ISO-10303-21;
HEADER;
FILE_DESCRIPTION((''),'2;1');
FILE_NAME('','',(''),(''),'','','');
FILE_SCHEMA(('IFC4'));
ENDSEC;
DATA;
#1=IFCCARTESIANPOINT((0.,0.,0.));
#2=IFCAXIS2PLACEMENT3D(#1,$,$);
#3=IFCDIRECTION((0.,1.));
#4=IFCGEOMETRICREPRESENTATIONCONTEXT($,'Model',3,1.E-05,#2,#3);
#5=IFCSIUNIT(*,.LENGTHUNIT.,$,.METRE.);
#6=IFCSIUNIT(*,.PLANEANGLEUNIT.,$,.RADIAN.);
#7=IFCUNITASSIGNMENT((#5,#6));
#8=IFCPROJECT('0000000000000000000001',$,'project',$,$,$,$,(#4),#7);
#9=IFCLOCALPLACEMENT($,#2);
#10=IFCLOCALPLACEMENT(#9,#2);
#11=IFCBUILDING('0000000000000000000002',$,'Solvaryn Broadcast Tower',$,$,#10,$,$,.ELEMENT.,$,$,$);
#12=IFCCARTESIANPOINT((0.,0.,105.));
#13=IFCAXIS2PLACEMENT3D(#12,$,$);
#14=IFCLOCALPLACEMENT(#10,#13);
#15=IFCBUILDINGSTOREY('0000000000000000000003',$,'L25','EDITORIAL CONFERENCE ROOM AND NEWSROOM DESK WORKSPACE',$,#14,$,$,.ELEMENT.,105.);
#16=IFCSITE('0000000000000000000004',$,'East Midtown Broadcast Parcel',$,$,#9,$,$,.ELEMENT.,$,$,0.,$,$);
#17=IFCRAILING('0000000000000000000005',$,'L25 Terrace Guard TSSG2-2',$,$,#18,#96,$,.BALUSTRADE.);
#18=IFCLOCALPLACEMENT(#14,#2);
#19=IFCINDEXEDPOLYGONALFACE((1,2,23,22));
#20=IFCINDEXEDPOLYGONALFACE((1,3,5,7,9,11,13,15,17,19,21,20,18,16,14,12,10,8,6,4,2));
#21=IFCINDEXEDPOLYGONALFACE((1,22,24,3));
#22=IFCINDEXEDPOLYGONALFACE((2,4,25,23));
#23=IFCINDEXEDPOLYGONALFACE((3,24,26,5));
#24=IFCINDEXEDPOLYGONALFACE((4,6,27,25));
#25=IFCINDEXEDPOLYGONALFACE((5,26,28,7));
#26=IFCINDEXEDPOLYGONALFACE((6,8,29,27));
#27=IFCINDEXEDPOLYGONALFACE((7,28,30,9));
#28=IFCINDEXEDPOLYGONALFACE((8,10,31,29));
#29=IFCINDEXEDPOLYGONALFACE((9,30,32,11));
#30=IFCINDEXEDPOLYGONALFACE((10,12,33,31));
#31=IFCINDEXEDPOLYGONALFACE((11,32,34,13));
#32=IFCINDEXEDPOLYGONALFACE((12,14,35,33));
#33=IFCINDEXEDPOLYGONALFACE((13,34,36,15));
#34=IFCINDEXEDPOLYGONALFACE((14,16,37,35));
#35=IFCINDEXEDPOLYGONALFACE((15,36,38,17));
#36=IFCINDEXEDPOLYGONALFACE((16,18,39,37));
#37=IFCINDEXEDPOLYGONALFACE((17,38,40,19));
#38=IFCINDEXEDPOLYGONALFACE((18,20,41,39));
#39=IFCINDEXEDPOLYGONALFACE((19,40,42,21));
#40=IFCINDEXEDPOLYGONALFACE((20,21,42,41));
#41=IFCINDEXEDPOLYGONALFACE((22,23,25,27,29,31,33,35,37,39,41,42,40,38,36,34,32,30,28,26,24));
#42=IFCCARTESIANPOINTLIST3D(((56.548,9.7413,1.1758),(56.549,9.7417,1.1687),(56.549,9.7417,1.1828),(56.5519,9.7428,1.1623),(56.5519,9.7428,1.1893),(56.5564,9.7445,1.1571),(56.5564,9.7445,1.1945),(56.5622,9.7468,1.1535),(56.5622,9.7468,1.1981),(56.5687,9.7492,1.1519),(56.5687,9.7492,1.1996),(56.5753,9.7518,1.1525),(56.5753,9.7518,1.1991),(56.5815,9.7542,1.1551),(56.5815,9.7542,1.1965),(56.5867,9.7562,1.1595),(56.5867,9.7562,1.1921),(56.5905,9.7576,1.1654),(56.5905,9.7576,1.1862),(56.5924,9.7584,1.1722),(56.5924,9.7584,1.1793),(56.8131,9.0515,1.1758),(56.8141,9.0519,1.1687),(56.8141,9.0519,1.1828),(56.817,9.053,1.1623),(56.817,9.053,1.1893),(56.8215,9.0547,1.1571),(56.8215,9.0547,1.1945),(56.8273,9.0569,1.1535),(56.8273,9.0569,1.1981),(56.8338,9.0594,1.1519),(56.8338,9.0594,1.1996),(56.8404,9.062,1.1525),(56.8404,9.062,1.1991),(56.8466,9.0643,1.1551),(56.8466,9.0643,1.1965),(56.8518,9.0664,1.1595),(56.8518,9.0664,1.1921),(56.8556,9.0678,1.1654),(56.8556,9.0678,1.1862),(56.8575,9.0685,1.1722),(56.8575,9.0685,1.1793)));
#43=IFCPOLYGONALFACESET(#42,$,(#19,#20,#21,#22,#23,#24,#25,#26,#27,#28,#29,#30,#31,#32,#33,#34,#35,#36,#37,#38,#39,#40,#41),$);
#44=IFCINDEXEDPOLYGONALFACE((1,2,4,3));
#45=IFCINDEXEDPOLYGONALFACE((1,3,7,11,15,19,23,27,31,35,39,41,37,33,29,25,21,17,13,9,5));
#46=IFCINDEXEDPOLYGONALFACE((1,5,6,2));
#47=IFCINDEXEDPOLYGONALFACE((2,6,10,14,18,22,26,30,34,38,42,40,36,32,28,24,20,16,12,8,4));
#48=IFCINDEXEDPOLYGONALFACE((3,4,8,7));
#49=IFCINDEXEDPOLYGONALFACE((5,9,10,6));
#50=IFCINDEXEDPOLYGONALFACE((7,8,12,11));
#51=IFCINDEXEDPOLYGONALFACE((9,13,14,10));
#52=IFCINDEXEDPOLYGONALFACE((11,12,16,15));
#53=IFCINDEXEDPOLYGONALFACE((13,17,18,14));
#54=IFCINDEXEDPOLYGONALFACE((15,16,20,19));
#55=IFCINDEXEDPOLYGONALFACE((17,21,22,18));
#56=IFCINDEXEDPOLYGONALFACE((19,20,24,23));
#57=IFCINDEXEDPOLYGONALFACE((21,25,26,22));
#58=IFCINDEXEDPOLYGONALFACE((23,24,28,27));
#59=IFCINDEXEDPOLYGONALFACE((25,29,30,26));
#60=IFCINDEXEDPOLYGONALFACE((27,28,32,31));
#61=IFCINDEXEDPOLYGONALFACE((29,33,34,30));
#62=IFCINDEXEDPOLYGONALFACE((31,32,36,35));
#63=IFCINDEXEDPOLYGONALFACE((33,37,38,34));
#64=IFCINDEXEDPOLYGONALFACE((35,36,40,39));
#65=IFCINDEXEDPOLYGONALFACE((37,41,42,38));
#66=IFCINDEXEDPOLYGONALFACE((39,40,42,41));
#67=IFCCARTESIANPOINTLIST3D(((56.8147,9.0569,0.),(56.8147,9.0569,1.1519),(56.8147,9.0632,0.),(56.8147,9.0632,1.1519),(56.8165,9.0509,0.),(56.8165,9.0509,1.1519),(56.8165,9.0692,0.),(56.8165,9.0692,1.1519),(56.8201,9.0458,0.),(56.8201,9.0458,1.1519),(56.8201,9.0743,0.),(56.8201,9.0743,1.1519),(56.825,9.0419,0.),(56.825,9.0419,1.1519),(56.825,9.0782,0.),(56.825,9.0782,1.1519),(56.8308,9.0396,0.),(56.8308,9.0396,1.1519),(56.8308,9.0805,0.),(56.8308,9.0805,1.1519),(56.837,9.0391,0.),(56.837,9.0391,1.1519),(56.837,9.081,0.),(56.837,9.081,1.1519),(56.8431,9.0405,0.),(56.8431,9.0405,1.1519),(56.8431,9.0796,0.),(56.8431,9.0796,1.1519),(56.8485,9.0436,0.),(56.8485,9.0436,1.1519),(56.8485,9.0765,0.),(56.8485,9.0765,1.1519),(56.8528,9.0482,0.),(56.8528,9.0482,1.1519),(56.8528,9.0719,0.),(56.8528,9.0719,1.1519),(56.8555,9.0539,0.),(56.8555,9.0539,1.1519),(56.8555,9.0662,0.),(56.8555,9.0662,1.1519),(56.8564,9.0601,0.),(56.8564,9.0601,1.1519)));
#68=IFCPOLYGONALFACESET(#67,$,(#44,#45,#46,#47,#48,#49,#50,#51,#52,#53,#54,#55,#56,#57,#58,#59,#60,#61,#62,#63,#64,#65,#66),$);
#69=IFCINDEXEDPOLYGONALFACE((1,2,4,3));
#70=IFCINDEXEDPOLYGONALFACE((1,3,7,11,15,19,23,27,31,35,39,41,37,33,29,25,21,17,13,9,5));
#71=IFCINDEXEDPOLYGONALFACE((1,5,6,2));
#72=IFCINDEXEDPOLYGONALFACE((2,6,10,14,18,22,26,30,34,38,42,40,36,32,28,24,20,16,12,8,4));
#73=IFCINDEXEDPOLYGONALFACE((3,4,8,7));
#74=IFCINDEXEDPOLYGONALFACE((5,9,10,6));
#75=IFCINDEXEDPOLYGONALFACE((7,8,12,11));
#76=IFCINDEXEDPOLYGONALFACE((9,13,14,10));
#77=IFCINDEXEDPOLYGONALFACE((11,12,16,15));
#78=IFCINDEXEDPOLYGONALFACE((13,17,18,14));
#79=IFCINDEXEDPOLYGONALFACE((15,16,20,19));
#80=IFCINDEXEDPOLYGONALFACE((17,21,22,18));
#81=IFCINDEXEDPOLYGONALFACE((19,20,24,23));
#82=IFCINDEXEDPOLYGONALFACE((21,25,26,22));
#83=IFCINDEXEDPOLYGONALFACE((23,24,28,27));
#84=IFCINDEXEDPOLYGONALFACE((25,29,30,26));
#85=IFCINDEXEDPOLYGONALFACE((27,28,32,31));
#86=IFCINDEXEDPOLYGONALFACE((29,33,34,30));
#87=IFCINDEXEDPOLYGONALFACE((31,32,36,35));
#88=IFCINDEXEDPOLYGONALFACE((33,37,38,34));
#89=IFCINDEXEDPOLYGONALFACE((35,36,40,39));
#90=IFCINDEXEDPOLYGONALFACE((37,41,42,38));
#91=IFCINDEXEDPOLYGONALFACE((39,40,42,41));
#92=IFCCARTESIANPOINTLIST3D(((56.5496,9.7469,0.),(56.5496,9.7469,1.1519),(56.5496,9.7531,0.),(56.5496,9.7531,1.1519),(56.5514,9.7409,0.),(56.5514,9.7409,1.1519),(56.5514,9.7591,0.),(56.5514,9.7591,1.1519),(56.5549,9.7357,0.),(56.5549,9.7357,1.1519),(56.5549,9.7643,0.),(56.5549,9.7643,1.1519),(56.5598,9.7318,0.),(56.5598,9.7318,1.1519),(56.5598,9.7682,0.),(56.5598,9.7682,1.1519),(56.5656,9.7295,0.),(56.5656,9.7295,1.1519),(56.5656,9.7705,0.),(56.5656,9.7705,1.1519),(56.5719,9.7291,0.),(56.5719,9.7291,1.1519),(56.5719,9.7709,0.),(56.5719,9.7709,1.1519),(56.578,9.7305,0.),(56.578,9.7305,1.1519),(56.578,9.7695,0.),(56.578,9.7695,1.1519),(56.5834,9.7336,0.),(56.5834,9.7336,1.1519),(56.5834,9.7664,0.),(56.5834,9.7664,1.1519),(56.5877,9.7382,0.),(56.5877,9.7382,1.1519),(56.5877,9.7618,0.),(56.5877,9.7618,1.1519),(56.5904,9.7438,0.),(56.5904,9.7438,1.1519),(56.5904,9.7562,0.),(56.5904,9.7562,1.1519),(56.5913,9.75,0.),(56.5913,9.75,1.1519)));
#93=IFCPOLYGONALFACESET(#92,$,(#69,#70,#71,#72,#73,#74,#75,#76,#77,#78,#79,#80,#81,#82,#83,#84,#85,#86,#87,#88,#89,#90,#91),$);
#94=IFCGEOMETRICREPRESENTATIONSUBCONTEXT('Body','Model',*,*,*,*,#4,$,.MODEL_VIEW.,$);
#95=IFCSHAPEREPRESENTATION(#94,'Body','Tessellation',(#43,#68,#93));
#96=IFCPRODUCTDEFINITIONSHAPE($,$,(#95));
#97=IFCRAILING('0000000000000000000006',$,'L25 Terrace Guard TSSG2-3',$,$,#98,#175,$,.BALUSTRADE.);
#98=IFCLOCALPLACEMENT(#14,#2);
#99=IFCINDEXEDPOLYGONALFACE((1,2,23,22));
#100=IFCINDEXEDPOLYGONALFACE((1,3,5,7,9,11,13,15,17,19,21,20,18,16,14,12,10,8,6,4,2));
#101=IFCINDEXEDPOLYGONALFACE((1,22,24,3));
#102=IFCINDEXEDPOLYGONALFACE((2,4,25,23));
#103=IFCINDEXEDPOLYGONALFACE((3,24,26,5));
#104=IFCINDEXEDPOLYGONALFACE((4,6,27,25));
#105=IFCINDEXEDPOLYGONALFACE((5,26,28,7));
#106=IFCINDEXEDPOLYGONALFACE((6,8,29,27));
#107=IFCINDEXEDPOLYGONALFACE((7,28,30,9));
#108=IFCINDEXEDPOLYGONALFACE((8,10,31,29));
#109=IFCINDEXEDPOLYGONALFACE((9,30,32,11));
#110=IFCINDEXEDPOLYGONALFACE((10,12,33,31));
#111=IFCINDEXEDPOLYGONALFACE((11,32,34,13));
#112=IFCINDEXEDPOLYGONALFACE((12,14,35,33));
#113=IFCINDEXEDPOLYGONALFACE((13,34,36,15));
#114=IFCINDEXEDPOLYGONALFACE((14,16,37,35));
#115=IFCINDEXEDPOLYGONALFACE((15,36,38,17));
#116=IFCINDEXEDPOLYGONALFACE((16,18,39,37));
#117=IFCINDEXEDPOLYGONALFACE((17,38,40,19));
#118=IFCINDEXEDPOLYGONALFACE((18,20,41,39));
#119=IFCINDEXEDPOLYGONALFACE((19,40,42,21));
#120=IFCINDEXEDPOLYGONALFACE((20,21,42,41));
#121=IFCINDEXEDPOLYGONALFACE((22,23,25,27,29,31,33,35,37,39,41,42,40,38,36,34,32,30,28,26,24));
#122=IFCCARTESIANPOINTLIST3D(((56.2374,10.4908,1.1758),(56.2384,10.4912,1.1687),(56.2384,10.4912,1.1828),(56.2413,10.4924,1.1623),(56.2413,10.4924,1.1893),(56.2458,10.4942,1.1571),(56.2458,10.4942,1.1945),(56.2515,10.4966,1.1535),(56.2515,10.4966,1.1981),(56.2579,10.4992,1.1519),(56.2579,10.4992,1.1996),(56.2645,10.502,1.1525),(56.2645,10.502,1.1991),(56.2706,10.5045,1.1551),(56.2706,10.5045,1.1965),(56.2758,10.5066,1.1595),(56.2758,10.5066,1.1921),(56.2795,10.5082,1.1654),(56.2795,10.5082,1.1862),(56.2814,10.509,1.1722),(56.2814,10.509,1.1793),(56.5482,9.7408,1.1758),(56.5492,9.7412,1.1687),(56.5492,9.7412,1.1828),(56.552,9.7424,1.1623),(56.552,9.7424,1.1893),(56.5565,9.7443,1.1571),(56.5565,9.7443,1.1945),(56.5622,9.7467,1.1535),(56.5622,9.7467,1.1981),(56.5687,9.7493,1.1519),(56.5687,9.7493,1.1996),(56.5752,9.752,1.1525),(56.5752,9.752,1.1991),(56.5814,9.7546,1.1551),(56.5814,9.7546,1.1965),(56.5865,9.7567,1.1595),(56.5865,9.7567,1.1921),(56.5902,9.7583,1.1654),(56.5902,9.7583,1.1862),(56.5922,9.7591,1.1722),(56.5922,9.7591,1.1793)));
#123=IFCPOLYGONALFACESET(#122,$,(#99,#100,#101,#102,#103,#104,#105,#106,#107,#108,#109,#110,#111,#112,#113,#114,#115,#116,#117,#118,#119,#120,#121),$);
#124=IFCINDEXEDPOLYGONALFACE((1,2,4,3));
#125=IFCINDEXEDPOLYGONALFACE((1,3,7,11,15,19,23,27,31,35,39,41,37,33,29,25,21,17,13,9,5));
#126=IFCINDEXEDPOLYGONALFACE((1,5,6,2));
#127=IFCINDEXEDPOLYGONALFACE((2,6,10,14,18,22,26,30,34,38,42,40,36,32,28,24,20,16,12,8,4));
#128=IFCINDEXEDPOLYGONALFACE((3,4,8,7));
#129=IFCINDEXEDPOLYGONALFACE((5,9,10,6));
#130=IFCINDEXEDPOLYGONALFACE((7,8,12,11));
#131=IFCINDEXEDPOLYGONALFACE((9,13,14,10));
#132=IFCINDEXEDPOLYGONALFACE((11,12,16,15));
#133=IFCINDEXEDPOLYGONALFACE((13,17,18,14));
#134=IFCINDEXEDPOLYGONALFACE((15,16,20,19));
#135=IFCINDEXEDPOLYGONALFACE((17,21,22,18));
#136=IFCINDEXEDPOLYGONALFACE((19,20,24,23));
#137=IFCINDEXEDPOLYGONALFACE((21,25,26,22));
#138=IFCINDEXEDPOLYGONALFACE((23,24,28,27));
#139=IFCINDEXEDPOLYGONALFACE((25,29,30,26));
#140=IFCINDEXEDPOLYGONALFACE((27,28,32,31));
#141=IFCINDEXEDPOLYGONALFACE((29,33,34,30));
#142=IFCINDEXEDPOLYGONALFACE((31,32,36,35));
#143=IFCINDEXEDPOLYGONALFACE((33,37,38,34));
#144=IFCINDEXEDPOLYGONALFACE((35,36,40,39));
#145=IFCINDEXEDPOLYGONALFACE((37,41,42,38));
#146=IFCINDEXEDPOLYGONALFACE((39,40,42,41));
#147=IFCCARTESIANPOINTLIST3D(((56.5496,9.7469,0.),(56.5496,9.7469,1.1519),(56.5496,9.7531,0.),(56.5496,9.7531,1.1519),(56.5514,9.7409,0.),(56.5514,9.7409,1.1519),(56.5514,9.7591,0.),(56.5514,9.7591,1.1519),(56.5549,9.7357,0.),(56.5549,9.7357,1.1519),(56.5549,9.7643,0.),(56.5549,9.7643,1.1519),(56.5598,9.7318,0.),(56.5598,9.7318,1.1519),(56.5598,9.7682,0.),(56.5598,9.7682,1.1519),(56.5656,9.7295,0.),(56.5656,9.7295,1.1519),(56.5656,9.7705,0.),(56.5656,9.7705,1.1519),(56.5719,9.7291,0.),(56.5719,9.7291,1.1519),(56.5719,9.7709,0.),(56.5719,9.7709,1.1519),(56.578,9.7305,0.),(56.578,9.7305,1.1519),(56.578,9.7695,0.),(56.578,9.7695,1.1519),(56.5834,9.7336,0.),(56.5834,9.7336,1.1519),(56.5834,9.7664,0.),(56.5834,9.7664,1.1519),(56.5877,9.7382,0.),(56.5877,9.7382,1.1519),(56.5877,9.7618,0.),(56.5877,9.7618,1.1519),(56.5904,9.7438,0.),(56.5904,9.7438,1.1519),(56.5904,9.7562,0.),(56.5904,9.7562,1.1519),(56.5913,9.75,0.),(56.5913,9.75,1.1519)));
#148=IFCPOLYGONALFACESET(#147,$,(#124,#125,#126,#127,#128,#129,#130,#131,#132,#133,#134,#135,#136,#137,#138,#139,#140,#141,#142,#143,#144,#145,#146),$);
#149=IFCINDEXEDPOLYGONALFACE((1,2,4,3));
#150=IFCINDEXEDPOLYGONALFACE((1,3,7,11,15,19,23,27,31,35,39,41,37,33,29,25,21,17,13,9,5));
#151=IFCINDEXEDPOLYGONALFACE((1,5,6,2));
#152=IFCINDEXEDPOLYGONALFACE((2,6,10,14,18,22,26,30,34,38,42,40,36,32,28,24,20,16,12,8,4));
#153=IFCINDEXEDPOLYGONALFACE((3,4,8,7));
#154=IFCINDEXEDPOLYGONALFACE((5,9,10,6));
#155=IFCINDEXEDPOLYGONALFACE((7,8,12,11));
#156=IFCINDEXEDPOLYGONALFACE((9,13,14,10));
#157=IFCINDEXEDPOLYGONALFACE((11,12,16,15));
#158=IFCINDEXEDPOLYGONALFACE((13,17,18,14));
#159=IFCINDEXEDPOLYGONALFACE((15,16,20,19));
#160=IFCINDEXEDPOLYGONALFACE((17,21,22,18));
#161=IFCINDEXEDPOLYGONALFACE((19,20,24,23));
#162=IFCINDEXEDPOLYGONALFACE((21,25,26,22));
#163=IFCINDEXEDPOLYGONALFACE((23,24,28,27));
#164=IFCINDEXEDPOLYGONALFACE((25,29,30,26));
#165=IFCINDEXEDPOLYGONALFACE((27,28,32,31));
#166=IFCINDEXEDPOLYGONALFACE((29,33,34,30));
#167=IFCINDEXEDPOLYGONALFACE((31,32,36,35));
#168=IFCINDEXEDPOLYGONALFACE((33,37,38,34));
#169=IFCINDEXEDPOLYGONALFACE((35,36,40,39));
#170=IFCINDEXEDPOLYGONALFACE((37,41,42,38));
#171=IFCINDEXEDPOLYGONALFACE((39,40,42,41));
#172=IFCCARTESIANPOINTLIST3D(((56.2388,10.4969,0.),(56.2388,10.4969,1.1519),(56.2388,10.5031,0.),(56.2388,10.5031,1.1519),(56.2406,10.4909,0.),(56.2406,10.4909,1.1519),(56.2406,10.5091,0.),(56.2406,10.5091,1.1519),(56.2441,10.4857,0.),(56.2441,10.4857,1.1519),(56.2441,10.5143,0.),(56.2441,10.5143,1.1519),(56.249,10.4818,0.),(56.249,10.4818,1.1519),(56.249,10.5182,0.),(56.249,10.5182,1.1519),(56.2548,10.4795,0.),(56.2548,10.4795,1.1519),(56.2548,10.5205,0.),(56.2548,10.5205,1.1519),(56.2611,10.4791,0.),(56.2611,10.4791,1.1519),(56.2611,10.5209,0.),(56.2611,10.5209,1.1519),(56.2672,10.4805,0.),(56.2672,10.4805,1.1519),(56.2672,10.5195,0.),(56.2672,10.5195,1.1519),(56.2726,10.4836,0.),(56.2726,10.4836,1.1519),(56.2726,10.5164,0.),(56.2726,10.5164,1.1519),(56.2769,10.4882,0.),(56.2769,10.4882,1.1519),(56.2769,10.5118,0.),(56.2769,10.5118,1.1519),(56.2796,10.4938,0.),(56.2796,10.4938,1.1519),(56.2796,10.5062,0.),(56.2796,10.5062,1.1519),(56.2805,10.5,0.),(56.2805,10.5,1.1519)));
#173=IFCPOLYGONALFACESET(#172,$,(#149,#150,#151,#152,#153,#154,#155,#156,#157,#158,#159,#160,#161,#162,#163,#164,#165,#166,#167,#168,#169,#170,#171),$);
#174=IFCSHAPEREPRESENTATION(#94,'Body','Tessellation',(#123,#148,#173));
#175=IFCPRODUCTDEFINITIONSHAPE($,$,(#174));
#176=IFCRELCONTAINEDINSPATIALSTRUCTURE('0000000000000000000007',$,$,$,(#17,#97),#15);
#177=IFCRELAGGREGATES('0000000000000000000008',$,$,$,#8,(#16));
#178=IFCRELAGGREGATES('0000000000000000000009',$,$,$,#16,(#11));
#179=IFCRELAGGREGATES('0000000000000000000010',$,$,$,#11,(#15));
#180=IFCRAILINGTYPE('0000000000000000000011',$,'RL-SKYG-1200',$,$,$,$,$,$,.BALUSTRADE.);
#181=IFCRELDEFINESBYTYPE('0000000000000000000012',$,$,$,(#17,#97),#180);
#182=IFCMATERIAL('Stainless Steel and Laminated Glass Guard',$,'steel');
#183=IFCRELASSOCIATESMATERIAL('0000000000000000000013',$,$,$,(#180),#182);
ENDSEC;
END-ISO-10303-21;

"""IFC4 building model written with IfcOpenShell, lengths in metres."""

from ifc_helpers import new_model, si_unit, direction, frame, origin, origin_2d, place, context, subcontext, project, spatial, circle, extrude, material, type_object, element, save


model = new_model("IFC4")

# Units and contexts
model_context = context("Model", 3, precision=1e-05, world=origin(), true_north=direction((0.0, 1.0)))
body_context = subcontext(model_context, "Body", "Model", "MODEL_VIEW")
ifc_project = project(units=[si_unit("LENGTHUNIT", "METRE"), si_unit("PLANEANGLEUNIT", "RADIAN")], contexts=[model_context])

# Site, building, storey
site_placement = place(None, origin())
site = spatial("IfcSite", under=ifc_project, at=site_placement, Name="East Midtown Broadcast Parcel", CompositionType="ELEMENT", RefElevation=0.0)
building_placement = place(site_placement, origin())
building = spatial("IfcBuilding", under=site, at=building_placement, Name="Solvaryn Broadcast Tower", CompositionType="ELEMENT")
storey_placement = place(building_placement, frame((0.0, 0.0, 105.0)))
storey = spatial("IfcBuildingStorey", under=building, at=storey_placement, Name="L25", Description="EDITORIAL CONFERENCE ROOM AND NEWSROOM DESK WORKSPACE", CompositionType="ELEMENT", Elevation=105.0)

# Railings
ifc_material_1 = material(Name="Stainless Steel and Laminated Glass Guard", Category="steel")
railing_type = type_object("IfcRailingType", Name="RL-SKYG-1200", PredefinedType="BALUSTRADE", material=ifc_material_1)
railing_1_placement = place(storey_placement, frame((56.8354, 9.0601, 0.0)))
element("IfcRailing", 1, at=railing_1_placement, inside=storey, type_object=railing_type, Name="L25 Terrace Guard TSSG2-2", PredefinedType="BALUSTRADE", context=body_context, shape_type="SweptSolid", body=[
    extrude(circle(Radius=0.0239, at=origin_2d()), frame((0.0, 0.0, 1.1758), z_axis=(-0.358713, 0.933448, 0.0), x_axis=(-0.933448, -0.358713, 0.0)), (0.0, 0.0, 1.0), 0.739),
    extrude(circle(Radius=0.021, at=origin_2d()), origin(), (0.0, 0.0, 1.0), 1.1519),
    extrude(circle(Radius=0.021, at=origin_2d()), frame((-0.2651, 0.6899, 0.0)), (0.0, 0.0, 1.0), 1.1519),
])
railing_2_placement = place(storey_placement, frame((56.5703, 9.75, 0.0)))
element("IfcRailing", 2, at=railing_2_placement, inside=storey, type_object=railing_type, Name="L25 Terrace Guard TSSG2-3", PredefinedType="BALUSTRADE", context=body_context, shape_type="SweptSolid", body=[
    extrude(circle(Radius=0.0239, at=origin_2d()), frame((0.0, 0.0, 1.1758), z_axis=(-0.382821, 0.923823, 0.0), x_axis=(-0.923823, -0.382821, 0.0)), (0.0, 0.0, 1.0), 0.8118),
    extrude(circle(Radius=0.021, at=origin_2d()), origin(), (0.0, 0.0, 1.0), 1.1519),
    extrude(circle(Radius=0.021, at=origin_2d()), frame((-0.3108, 0.75, 0.0)), (0.0, 0.0, 1.0), 1.1519),
])

save(model, "model.ifc")
